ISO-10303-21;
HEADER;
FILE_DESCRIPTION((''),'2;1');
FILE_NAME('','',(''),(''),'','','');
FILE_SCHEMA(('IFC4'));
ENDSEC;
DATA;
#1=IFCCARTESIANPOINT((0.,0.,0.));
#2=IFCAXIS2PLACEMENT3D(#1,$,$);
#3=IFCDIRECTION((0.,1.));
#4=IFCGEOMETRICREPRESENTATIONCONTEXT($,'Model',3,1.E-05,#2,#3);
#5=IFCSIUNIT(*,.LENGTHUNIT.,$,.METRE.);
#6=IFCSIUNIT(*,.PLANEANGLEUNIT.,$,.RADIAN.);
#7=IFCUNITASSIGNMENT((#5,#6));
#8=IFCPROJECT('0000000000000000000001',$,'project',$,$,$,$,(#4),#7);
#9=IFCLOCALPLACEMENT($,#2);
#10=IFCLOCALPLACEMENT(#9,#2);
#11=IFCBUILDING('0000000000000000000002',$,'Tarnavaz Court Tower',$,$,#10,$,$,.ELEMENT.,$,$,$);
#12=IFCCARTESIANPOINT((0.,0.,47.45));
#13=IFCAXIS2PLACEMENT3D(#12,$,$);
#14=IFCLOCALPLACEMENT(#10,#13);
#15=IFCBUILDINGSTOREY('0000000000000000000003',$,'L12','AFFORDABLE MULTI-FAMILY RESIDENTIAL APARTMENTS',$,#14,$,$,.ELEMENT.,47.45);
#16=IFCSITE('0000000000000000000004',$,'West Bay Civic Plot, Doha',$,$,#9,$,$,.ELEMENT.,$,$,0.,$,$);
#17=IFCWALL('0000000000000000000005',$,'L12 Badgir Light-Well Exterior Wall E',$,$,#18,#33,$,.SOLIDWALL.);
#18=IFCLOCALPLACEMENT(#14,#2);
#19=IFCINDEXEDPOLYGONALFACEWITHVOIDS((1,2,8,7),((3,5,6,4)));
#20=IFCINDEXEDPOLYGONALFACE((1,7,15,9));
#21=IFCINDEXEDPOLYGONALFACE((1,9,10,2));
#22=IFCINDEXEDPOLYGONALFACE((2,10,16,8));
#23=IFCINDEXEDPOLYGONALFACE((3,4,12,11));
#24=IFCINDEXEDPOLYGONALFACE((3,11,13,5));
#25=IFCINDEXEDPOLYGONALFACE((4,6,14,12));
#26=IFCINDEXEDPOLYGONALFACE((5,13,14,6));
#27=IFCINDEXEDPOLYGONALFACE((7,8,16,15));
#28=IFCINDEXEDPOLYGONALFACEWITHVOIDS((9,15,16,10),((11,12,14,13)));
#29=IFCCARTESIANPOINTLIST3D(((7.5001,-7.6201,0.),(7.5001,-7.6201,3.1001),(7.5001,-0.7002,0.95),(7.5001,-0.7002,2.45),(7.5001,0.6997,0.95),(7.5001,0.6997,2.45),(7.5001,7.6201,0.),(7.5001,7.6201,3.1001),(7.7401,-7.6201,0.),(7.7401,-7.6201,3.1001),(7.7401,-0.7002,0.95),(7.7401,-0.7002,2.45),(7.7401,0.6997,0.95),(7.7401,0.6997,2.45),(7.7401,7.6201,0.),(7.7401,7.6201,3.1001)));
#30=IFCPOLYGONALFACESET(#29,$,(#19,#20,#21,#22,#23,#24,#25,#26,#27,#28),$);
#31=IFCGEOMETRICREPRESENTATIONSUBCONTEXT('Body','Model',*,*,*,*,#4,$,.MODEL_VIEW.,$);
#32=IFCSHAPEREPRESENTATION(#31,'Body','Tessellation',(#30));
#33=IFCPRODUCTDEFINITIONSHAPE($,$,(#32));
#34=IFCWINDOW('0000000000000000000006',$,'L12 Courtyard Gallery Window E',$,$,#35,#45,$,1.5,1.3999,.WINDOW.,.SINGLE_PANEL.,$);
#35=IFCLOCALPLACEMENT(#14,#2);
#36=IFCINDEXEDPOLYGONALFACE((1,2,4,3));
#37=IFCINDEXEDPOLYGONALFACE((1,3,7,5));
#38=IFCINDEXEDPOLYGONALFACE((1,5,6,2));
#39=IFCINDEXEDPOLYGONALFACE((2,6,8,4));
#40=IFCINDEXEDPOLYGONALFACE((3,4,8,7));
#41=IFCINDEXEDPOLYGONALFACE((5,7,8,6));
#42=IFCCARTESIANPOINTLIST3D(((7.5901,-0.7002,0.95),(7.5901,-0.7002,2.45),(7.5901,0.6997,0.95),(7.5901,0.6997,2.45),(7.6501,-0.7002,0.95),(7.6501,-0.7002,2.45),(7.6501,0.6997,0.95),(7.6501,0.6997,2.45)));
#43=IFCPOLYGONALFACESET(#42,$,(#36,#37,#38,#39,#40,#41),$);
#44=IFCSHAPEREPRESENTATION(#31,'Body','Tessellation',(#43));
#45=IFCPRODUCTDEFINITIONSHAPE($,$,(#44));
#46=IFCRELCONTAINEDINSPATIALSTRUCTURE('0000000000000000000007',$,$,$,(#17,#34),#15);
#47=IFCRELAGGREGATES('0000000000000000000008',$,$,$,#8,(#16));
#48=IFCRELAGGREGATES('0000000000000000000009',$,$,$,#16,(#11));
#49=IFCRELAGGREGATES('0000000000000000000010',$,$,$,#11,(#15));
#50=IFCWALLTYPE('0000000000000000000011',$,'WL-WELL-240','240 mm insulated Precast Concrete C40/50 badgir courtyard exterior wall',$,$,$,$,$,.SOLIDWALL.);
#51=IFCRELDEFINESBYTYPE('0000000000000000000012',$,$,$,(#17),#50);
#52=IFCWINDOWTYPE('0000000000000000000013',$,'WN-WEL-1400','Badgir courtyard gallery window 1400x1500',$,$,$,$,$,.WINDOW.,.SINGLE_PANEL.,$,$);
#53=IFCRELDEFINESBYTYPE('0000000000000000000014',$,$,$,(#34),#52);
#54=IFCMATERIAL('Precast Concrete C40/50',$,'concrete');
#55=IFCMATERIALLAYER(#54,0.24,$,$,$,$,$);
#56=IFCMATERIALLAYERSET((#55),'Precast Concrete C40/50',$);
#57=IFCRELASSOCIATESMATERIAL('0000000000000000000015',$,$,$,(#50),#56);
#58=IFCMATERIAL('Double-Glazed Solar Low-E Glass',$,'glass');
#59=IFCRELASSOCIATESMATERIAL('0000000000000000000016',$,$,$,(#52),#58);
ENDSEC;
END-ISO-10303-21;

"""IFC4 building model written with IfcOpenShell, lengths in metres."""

from ifc_helpers import new_model, si_unit, direction, frame, frame_2d, origin, place, context, subcontext, project, spatial, rectangle, extrude, material, layer, layer_set, type_object, element, fill, save


model = new_model("IFC4")

# Units and contexts
model_context = context("Model", 3, precision=1e-05, world=origin(), true_north=direction((0.0, 1.0)))
body_context = subcontext(model_context, "Body", "Model", "MODEL_VIEW")
ifc_project = project(units=[si_unit("LENGTHUNIT", "METRE"), si_unit("PLANEANGLEUNIT", "RADIAN")], contexts=[model_context])

# Site, building, storey
site_placement = place(None, origin())
site = spatial("IfcSite", under=ifc_project, at=site_placement, Name="West Bay Civic Plot, Doha", CompositionType="ELEMENT", RefElevation=0.0)
building_placement = place(site_placement, origin())
building = spatial("IfcBuilding", under=site, at=building_placement, Name="Tarnavaz Court Tower", CompositionType="ELEMENT")
storey_placement = place(building_placement, frame((0.0, 0.0, 47.45)))
storey = spatial("IfcBuildingStorey", under=building, at=storey_placement, Name="L12", Description="AFFORDABLE MULTI-FAMILY RESIDENTIAL APARTMENTS", CompositionType="ELEMENT", Elevation=47.45)

# Wall, opening, window
ifc_material_1 = material(Name="Precast Concrete C40/50", Category="concrete")
ifc_layer_1 = layer(ifc_material_1, 0.24)
ifc_layer_set_1 = layer_set([ifc_layer_1], Name="Precast Concrete C40/50")
wall_type_1 = type_object("IfcWallType", Name="WL-WELL-240", Description="240 mm insulated Precast Concrete C40/50 badgir courtyard exterior wall", PredefinedType="SOLIDWALL", material=ifc_layer_set_1)
wall_1_placement = place(storey_placement, frame((7.6201, -7.6201, 0.0), z_axis=(0.0, 0.0, 1.0), x_axis=(0.0, 1.0, 0.0)))
wall_1 = element("IfcWall", 1, at=wall_1_placement, inside=storey, type_object=wall_type_1, Name="L12 Badgir Light-Well Exterior Wall E", PredefinedType="SOLIDWALL", context=body_context, shape_type="SweptSolid", body=[
    extrude(rectangle(XDim=15.2402, YDim=0.24, at=frame_2d((7.6201, 0.0))), origin(), (0.0, 0.0, 1.0), 3.1001),
])
opening_1_placement = place(wall_1_placement, frame((6.9199, 0.0, 0.95)))
opening_1 = element("IfcOpeningElement", 2, at=opening_1_placement, cuts=wall_1, PredefinedType="OPENING", context=body_context, shape_type="SweptSolid", body=[
    extrude(rectangle(XDim=1.3999, YDim=1.5, at=frame_2d((0.7, 0.75))), frame((0.0, 0.1299, 0.0), z_axis=(0.0, -1.0, 0.0), x_axis=(1.0, 0.0, 0.0)), (0.0, 0.0, 1.0), 0.26),
])
ifc_material_2 = material(Name="Double-Glazed Solar Low-E Glass", Category="glass")
window_type = type_object("IfcWindowType", Name="WN-WEL-1400", Description="Badgir courtyard gallery window 1400x1500", PartitioningType="SINGLE_PANEL", PredefinedType="WINDOW", material=ifc_material_2)
window_placement = place(opening_1_placement, origin())
window = element("IfcWindow", 3, at=window_placement, inside=storey, type_object=window_type, Name="L12 Courtyard Gallery Window E", OverallHeight=1.5, OverallWidth=1.3999, PartitioningType="SINGLE_PANEL", PredefinedType="WINDOW", context=body_context, shape_type="SweptSolid", body=[
    extrude(rectangle(XDim=1.3999, YDim=1.5, at=frame_2d((0.7, 0.75))), frame((0.0, 0.03, 0.0), z_axis=(0.0, -1.0, 0.0), x_axis=(1.0, 0.0, 0.0)), (0.0, 0.0, 1.0), 0.0601),
])
fill(opening_1, window)

save(model, "model.ifc")
